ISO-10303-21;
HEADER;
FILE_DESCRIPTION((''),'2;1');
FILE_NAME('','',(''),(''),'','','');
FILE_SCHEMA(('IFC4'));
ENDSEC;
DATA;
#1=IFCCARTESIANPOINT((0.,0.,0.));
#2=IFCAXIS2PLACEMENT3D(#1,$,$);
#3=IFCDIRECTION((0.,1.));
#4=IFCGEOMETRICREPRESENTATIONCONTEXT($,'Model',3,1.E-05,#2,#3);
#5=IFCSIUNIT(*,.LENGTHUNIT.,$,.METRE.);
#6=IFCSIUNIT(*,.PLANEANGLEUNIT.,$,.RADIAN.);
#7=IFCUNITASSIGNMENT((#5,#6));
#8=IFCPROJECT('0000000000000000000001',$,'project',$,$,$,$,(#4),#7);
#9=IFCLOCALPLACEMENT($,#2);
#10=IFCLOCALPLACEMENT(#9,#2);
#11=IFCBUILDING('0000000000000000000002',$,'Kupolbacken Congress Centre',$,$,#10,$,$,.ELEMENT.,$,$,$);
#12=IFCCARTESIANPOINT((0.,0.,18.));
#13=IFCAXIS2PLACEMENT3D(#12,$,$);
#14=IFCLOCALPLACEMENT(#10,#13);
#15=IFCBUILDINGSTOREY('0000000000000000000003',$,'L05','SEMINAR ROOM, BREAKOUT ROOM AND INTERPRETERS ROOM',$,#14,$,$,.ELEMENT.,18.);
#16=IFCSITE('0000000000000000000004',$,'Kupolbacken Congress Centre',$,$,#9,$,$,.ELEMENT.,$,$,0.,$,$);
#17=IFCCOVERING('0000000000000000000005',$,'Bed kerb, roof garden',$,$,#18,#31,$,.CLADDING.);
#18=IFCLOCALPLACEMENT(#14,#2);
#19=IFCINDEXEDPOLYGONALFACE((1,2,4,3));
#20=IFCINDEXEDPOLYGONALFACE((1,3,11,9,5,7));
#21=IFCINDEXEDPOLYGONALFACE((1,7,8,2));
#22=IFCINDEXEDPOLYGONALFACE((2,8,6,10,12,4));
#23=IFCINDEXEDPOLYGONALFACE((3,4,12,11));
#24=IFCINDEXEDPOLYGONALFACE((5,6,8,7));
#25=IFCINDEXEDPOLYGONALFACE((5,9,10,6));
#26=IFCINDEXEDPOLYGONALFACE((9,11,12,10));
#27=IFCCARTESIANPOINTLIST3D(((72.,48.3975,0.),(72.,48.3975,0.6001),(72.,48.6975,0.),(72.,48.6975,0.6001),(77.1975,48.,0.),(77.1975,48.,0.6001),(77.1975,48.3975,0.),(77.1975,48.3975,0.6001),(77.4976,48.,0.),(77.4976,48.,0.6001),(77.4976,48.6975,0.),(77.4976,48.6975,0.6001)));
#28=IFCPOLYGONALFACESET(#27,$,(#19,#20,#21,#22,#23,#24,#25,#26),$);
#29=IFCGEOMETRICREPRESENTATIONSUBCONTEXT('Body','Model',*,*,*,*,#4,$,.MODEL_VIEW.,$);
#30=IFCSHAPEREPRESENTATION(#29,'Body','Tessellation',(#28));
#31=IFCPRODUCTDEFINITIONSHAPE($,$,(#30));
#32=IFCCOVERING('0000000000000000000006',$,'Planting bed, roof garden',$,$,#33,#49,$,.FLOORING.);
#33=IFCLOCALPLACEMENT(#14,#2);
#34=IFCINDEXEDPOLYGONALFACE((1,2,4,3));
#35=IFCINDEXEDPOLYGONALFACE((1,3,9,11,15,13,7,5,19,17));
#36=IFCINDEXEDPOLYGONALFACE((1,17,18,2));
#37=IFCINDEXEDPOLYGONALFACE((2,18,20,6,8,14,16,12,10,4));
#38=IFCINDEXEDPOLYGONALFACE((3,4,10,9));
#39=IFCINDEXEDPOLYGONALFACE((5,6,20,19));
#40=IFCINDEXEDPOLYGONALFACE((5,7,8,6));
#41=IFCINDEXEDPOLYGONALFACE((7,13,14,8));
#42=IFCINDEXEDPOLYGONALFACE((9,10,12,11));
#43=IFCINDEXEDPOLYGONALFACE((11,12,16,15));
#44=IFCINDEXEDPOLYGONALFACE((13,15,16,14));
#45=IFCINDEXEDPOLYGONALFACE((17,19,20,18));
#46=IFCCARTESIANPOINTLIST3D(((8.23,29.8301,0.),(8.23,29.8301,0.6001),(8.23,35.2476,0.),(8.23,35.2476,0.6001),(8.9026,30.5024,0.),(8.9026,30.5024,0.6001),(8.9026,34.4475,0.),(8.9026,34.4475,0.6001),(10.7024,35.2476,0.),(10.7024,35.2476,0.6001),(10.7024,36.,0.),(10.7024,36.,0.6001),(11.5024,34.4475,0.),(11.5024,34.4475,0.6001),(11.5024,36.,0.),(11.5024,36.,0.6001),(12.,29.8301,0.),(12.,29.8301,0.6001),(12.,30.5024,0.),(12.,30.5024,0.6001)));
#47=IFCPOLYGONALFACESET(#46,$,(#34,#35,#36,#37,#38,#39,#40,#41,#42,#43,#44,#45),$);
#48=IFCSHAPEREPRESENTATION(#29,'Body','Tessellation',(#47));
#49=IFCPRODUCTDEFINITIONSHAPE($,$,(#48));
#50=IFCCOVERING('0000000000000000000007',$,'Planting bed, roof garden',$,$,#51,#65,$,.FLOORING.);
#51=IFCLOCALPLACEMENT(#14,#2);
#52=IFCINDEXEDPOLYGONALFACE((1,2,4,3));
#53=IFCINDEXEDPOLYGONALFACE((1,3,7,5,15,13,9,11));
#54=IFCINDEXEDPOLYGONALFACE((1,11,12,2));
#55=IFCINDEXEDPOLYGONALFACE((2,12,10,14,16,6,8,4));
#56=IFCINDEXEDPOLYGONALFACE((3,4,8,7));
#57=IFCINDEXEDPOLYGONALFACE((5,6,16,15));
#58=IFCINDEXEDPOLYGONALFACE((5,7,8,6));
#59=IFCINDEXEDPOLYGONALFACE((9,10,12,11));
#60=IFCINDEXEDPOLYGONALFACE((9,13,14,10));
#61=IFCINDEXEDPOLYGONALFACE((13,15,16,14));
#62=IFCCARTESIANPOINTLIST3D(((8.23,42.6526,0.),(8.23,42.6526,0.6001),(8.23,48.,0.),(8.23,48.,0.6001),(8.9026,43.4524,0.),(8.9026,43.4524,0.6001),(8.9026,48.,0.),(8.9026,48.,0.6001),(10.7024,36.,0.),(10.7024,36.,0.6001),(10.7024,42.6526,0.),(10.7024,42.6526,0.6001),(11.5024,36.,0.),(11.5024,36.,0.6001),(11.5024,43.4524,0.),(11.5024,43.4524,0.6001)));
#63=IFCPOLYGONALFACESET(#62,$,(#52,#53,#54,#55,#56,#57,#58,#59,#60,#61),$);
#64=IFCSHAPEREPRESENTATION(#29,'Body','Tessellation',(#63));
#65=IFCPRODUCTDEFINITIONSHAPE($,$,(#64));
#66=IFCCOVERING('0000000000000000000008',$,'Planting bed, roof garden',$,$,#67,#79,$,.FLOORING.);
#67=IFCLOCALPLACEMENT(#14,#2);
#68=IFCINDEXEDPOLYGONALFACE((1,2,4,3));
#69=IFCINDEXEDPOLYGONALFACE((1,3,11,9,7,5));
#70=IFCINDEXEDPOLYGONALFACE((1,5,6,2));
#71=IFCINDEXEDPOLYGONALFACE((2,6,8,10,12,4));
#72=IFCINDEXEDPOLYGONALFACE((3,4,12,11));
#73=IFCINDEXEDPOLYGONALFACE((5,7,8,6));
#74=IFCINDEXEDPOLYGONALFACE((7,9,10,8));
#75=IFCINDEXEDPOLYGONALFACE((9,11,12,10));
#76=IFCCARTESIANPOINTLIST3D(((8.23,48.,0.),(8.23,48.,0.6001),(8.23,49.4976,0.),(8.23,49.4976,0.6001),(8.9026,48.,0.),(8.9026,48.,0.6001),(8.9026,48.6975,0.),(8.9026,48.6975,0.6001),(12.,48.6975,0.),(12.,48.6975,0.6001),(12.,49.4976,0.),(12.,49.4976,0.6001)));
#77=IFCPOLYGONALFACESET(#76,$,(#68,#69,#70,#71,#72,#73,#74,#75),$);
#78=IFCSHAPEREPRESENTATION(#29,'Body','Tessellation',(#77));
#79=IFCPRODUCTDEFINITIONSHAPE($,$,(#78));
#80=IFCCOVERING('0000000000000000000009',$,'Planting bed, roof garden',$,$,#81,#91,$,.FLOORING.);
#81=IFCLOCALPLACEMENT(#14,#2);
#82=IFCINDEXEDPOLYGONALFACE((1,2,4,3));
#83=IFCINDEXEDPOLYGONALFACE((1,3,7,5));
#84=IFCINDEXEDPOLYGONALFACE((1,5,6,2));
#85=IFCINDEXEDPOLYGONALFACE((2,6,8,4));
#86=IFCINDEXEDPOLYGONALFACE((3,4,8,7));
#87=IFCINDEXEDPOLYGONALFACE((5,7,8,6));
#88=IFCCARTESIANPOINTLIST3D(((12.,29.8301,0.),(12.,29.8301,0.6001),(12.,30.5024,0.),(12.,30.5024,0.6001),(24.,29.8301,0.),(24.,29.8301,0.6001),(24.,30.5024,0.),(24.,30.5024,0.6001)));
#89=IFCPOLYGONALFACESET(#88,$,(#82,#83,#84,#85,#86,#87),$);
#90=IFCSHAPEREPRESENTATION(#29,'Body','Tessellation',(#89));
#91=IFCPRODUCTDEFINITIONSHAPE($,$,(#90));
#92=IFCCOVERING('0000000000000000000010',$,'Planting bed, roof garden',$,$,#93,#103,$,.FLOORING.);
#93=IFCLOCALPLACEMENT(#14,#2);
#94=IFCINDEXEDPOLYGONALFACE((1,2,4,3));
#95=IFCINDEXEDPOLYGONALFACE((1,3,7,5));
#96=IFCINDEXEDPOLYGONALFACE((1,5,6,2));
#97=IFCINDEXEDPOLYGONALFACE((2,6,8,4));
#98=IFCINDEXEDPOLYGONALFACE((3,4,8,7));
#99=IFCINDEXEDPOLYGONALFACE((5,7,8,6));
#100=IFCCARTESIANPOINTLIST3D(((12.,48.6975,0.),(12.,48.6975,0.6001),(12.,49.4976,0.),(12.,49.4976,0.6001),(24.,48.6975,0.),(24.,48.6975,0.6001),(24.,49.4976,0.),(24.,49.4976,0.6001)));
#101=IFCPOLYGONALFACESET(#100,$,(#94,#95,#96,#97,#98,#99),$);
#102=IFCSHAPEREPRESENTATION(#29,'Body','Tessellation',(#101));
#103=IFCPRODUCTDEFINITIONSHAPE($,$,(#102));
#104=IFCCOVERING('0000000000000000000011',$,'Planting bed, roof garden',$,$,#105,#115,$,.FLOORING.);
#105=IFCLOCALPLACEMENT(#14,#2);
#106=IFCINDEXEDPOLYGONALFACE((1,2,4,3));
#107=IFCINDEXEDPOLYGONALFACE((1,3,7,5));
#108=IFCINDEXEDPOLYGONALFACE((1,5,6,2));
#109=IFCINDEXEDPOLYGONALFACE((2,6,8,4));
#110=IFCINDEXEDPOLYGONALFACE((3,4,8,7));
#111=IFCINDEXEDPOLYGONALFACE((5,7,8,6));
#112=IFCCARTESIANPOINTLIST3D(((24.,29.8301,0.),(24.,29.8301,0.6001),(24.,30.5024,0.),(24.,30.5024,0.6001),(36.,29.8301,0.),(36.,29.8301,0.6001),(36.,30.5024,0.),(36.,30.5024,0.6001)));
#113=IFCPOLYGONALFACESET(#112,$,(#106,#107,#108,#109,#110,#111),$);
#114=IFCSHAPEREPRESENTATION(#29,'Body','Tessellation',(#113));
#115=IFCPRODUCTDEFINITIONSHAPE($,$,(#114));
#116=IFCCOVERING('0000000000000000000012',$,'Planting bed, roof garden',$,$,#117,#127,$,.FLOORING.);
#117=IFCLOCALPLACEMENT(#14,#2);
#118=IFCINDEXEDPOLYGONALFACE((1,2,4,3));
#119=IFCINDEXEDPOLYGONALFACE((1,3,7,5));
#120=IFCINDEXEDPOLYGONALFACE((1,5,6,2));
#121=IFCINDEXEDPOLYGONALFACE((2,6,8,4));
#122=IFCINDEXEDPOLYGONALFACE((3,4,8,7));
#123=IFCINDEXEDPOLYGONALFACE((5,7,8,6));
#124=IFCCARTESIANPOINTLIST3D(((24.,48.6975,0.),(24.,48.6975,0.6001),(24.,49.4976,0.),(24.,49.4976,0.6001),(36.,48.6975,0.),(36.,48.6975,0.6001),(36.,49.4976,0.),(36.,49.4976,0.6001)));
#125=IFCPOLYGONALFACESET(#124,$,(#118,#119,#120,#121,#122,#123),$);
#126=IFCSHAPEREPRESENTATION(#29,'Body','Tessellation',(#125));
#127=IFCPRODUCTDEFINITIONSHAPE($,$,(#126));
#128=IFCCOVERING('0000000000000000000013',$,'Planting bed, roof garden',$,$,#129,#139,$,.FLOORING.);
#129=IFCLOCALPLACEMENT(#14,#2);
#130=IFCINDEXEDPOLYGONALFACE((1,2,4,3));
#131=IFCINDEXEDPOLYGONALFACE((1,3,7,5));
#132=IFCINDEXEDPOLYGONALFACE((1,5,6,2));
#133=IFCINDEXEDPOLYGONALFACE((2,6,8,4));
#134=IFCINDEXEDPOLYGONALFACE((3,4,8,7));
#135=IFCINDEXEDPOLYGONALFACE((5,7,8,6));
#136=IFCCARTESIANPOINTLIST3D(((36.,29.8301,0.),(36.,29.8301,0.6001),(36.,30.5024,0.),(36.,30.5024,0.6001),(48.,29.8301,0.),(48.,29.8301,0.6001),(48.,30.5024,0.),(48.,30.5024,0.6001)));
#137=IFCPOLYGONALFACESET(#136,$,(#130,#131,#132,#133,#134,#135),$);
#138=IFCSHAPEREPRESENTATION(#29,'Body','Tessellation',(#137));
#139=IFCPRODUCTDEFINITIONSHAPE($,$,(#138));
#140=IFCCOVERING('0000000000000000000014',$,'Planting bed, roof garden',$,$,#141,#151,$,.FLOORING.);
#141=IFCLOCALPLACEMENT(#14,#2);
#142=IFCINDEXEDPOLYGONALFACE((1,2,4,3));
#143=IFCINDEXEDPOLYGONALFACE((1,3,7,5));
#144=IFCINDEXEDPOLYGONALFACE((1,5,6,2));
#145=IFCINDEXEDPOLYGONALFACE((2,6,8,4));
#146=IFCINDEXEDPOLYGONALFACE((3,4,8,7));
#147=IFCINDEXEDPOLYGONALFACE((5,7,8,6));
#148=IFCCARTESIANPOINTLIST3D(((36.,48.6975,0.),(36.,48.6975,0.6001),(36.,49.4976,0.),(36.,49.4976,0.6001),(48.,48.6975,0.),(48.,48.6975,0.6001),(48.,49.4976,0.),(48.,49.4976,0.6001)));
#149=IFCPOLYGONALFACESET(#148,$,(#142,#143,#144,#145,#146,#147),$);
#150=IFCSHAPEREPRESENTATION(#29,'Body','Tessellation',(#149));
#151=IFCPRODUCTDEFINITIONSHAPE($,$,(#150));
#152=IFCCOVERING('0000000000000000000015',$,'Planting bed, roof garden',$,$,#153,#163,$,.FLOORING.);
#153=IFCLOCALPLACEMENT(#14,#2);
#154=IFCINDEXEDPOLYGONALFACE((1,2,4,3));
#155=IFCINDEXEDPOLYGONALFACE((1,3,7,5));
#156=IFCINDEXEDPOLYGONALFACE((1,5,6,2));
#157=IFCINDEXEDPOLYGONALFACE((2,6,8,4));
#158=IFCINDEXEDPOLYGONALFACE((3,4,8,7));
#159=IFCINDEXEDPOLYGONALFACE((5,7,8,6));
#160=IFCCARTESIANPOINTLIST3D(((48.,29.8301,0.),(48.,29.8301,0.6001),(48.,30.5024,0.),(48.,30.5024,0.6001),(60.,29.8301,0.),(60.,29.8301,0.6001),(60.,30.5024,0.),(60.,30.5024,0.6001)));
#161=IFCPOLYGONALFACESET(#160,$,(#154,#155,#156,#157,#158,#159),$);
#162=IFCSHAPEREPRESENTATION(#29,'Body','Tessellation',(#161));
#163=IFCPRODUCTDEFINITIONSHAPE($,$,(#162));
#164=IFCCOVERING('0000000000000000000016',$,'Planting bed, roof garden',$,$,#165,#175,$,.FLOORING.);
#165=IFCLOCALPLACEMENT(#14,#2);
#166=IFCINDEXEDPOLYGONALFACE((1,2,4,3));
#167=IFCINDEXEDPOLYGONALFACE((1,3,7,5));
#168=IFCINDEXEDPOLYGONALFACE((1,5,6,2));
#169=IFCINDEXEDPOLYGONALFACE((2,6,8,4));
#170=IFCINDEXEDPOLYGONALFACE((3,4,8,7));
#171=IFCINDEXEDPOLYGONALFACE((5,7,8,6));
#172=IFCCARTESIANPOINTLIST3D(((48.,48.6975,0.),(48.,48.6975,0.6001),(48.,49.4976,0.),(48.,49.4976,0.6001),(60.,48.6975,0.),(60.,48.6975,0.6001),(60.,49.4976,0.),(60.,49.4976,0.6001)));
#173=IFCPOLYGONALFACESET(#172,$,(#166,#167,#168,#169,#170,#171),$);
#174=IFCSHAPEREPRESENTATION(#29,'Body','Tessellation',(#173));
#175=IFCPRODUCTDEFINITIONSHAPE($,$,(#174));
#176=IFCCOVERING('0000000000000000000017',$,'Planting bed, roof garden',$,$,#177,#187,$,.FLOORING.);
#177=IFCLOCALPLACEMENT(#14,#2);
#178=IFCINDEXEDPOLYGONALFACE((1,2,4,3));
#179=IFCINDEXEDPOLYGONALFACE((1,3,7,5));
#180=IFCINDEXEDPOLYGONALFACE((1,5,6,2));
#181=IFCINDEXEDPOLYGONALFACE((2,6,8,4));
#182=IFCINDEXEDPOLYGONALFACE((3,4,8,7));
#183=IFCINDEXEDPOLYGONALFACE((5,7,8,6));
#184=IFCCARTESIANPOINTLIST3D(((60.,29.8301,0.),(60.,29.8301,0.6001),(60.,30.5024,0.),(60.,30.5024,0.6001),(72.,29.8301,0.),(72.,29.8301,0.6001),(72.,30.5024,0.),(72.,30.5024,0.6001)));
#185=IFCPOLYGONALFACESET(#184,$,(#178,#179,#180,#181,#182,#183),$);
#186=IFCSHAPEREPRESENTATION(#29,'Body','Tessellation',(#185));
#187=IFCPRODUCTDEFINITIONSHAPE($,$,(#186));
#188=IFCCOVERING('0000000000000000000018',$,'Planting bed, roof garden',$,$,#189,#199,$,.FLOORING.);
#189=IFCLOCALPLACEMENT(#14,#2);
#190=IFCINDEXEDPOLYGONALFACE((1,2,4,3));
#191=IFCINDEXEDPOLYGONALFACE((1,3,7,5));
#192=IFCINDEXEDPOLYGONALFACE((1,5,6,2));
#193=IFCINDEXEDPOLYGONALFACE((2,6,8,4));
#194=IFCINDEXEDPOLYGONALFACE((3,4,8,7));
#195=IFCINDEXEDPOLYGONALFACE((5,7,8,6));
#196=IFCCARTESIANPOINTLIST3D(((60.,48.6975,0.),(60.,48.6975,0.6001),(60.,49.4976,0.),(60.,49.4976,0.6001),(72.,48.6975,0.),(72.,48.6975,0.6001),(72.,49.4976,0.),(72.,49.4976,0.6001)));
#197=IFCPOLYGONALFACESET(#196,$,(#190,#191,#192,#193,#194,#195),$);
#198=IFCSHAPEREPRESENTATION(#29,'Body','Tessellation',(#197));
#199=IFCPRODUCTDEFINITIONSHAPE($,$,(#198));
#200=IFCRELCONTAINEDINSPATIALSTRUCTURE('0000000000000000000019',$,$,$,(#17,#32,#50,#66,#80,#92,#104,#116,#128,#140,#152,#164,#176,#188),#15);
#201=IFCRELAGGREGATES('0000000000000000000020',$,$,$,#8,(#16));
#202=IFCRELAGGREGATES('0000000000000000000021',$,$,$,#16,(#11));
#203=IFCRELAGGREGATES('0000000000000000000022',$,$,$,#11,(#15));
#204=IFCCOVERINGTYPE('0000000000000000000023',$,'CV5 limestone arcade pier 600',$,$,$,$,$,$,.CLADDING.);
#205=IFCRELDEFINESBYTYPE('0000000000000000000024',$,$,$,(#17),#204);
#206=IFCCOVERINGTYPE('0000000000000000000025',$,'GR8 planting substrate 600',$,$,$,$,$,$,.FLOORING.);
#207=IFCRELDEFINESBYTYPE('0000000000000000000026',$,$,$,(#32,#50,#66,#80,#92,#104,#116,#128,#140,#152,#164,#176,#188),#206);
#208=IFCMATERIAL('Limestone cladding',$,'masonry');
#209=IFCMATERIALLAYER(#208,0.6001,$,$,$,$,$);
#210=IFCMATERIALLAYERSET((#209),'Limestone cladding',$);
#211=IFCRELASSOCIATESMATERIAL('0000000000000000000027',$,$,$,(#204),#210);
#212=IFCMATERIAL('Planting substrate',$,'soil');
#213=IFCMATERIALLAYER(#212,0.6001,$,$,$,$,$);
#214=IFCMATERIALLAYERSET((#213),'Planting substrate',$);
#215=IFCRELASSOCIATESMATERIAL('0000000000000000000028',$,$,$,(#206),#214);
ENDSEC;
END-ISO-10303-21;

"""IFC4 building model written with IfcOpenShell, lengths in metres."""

from ifc_helpers import new_model, si_unit, direction, frame, origin, place, context, subcontext, project, spatial, polyline, outline, extrude, material, layer, layer_set, type_object, element, save


model = new_model("IFC4")

# Units and contexts
model_context = context("Model", 3, precision=1e-05, world=origin(), true_north=direction((0.0, 1.0)))
body_context = subcontext(model_context, "Body", "Model", "MODEL_VIEW")
ifc_project = project(units=[si_unit("LENGTHUNIT", "METRE"), si_unit("PLANEANGLEUNIT", "RADIAN")], contexts=[model_context])

# Site, building, storey
site_placement = place(None, origin())
site = spatial("IfcSite", under=ifc_project, at=site_placement, Name="Kupolbacken Congress Centre", CompositionType="ELEMENT", RefElevation=0.0)
building_placement = place(site_placement, origin())
building = spatial("IfcBuilding", under=site, at=building_placement, Name="Kupolbacken Congress Centre", CompositionType="ELEMENT")
storey_placement = place(building_placement, frame((0.0, 0.0, 18.0)))
storey = spatial("IfcBuildingStorey", under=building, at=storey_placement, Name="L05", Description="SEMINAR ROOM, BREAKOUT ROOM AND INTERPRETERS ROOM", CompositionType="ELEMENT", Elevation=18.0)

# Coverings
ifc_material_1 = material(Name="Limestone cladding", Category="masonry")
ifc_layer_1 = layer(ifc_material_1, 0.6001)
ifc_layer_set_1 = layer_set([ifc_layer_1], Name="Limestone cladding")
covering_type_1 = type_object("IfcCoveringType", Name="CV5 limestone arcade pier 600", PredefinedType="CLADDING", material=ifc_layer_set_1)
covering_1_placement = place(storey_placement, origin())
element("IfcCovering", 1, at=covering_1_placement, inside=storey, type_object=covering_type_1, Name="Bed kerb, roof garden", PredefinedType="CLADDING", context=body_context, shape_type="SweptSolid", body=[
    extrude(outline(polyline([(77.4976, 48.6975), (77.4976, 48.0), (77.1975, 48.0), (77.1975, 48.3975), (72.0, 48.3975), (72.0, 48.6975), (77.4976, 48.6975)])), origin(), (0.0, 0.0, 1.0), 0.6001),
])
ifc_material_2 = material(Name="Planting substrate", Category="soil")
ifc_layer_2 = layer(ifc_material_2, 0.6001)
ifc_layer_set_2 = layer_set([ifc_layer_2], Name="Planting substrate")
covering_type_2 = type_object("IfcCoveringType", Name="GR8 planting substrate 600", PredefinedType="FLOORING", material=ifc_layer_set_2)
covering_2_placement = place(storey_placement, origin())
element("IfcCovering", 2, at=covering_2_placement, inside=storey, type_object=covering_type_2, Name="Planting bed, roof garden", PredefinedType="FLOORING", context=body_context, shape_type="SweptSolid", body=[
    extrude(outline(polyline([(8.23, 29.8301), (8.23, 35.2476), (10.7024, 35.2476), (10.7024, 36.0), (11.5024, 36.0), (11.5024, 34.4475), (8.9026, 34.4475), (8.9026, 30.5024), (12.0, 30.5024), (12.0, 29.8301), (8.23, 29.8301)])), origin(), (0.0, 0.0, 1.0), 0.6001),
])
covering_3_placement = place(storey_placement, origin())
element("IfcCovering", 3, at=covering_3_placement, inside=storey, type_object=covering_type_2, Name="Planting bed, roof garden", PredefinedType="FLOORING", context=body_context, shape_type="SweptSolid", body=[
    extrude(outline(polyline([(10.7024, 42.6526), (8.23, 42.6526), (8.23, 48.0), (8.9026, 48.0), (8.9026, 43.4524), (11.5024, 43.4524), (11.5024, 36.0), (10.7024, 36.0), (10.7024, 42.6526)])), origin(), (0.0, 0.0, 1.0), 0.6001),
])
covering_4_placement = place(storey_placement, origin())
element("IfcCovering", 4, at=covering_4_placement, inside=storey, type_object=covering_type_2, Name="Planting bed, roof garden", PredefinedType="FLOORING", context=body_context, shape_type="SweptSolid", body=[
    extrude(outline(polyline([(12.0, 49.4976), (12.0, 48.6975), (8.9026, 48.6975), (8.9026, 48.0), (8.23, 48.0), (8.23, 49.4976), (12.0, 49.4976)])), origin(), (0.0, 0.0, 1.0), 0.6001),
])
covering_5_placement = place(storey_placement, origin())
element("IfcCovering", 5, at=covering_5_placement, inside=storey, type_object=covering_type_2, Name="Planting bed, roof garden", PredefinedType="FLOORING", context=body_context, shape_type="SweptSolid", body=[
    extrude(outline(polyline([(12.0, 29.8301), (12.0, 30.5024), (24.0, 30.5024), (24.0, 29.8301), (12.0, 29.8301)])), origin(), (0.0, 0.0, 1.0), 0.6001),
])
covering_6_placement = place(storey_placement, origin())
element("IfcCovering", 6, at=covering_6_placement, inside=storey, type_object=covering_type_2, Name="Planting bed, roof garden", PredefinedType="FLOORING", context=body_context, shape_type="SweptSolid", body=[
    extrude(outline(polyline([(24.0, 49.4976), (24.0, 48.6975), (12.0, 48.6975), (12.0, 49.4976), (24.0, 49.4976)])), origin(), (0.0, 0.0, 1.0), 0.6001),
])
covering_7_placement = place(storey_placement, origin())
element("IfcCovering", 7, at=covering_7_placement, inside=storey, type_object=covering_type_2, Name="Planting bed, roof garden", PredefinedType="FLOORING", context=body_context, shape_type="SweptSolid", body=[
    extrude(outline(polyline([(24.0, 29.8301), (24.0, 30.5024), (36.0, 30.5024), (36.0, 29.8301), (24.0, 29.8301)])), origin(), (0.0, 0.0, 1.0), 0.6001),
])
covering_8_placement = place(storey_placement, origin())
element("IfcCovering", 8, at=covering_8_placement, inside=storey, type_object=covering_type_2, Name="Planting bed, roof garden", PredefinedType="FLOORING", context=body_context, shape_type="SweptSolid", body=[
    extrude(outline(polyline([(36.0, 49.4976), (36.0, 48.6975), (24.0, 48.6975), (24.0, 49.4976), (36.0, 49.4976)])), origin(), (0.0, 0.0, 1.0), 0.6001),
])
covering_9_placement = place(storey_placement, origin())
element("IfcCovering", 9, at=covering_9_placement, inside=storey, type_object=covering_type_2, Name="Planting bed, roof garden", PredefinedType="FLOORING", context=body_context, shape_type="SweptSolid", body=[
    extrude(outline(polyline([(36.0, 29.8301), (36.0, 30.5024), (48.0, 30.5024), (48.0, 29.8301), (36.0, 29.8301)])), origin(), (0.0, 0.0, 1.0), 0.6001),
])
covering_10_placement = place(storey_placement, origin())
element("IfcCovering", 10, at=covering_10_placement, inside=storey, type_object=covering_type_2, Name="Planting bed, roof garden", PredefinedType="FLOORING", context=body_context, shape_type="SweptSolid", body=[
    extrude(outline(polyline([(48.0, 49.4976), (48.0, 48.6975), (36.0, 48.6975), (36.0, 49.4976), (48.0, 49.4976)])), origin(), (0.0, 0.0, 1.0), 0.6001),
])
covering_11_placement = place(storey_placement, origin())
element("IfcCovering", 11, at=covering_11_placement, inside=storey, type_object=covering_type_2, Name="Planting bed, roof garden", PredefinedType="FLOORING", context=body_context, shape_type="SweptSolid", body=[
    extrude(outline(polyline([(48.0, 29.8301), (48.0, 30.5024), (60.0, 30.5024), (60.0, 29.8301), (48.0, 29.8301)])), origin(), (0.0, 0.0, 1.0), 0.6001),
])
covering_12_placement = place(storey_placement, origin())
element("IfcCovering", 12, at=covering_12_placement, inside=storey, type_object=covering_type_2, Name="Planting bed, roof garden", PredefinedType="FLOORING", context=body_context, shape_type="SweptSolid", body=[
    extrude(outline(polyline([(60.0, 49.4976), (60.0, 48.6975), (48.0, 48.6975), (48.0, 49.4976), (60.0, 49.4976)])), origin(), (0.0, 0.0, 1.0), 0.6001),
])
covering_13_placement = place(storey_placement, origin())
element("IfcCovering", 13, at=covering_13_placement, inside=storey, type_object=covering_type_2, Name="Planting bed, roof garden", PredefinedType="FLOORING", context=body_context, shape_type="SweptSolid", body=[
    extrude(outline(polyline([(60.0, 29.8301), (60.0, 30.5024), (72.0, 30.5024), (72.0, 29.8301), (60.0, 29.8301)])), origin(), (0.0, 0.0, 1.0), 0.6001),
])
covering_14_placement = place(storey_placement, origin())
element("IfcCovering", 14, at=covering_14_placement, inside=storey, type_object=covering_type_2, Name="Planting bed, roof garden", PredefinedType="FLOORING", context=body_context, shape_type="SweptSolid", body=[
    extrude(outline(polyline([(72.0, 49.4976), (72.0, 48.6975), (60.0, 48.6975), (60.0, 49.4976), (72.0, 49.4976)])), origin(), (0.0, 0.0, 1.0), 0.6001),
])

save(model, "model.ifc")
